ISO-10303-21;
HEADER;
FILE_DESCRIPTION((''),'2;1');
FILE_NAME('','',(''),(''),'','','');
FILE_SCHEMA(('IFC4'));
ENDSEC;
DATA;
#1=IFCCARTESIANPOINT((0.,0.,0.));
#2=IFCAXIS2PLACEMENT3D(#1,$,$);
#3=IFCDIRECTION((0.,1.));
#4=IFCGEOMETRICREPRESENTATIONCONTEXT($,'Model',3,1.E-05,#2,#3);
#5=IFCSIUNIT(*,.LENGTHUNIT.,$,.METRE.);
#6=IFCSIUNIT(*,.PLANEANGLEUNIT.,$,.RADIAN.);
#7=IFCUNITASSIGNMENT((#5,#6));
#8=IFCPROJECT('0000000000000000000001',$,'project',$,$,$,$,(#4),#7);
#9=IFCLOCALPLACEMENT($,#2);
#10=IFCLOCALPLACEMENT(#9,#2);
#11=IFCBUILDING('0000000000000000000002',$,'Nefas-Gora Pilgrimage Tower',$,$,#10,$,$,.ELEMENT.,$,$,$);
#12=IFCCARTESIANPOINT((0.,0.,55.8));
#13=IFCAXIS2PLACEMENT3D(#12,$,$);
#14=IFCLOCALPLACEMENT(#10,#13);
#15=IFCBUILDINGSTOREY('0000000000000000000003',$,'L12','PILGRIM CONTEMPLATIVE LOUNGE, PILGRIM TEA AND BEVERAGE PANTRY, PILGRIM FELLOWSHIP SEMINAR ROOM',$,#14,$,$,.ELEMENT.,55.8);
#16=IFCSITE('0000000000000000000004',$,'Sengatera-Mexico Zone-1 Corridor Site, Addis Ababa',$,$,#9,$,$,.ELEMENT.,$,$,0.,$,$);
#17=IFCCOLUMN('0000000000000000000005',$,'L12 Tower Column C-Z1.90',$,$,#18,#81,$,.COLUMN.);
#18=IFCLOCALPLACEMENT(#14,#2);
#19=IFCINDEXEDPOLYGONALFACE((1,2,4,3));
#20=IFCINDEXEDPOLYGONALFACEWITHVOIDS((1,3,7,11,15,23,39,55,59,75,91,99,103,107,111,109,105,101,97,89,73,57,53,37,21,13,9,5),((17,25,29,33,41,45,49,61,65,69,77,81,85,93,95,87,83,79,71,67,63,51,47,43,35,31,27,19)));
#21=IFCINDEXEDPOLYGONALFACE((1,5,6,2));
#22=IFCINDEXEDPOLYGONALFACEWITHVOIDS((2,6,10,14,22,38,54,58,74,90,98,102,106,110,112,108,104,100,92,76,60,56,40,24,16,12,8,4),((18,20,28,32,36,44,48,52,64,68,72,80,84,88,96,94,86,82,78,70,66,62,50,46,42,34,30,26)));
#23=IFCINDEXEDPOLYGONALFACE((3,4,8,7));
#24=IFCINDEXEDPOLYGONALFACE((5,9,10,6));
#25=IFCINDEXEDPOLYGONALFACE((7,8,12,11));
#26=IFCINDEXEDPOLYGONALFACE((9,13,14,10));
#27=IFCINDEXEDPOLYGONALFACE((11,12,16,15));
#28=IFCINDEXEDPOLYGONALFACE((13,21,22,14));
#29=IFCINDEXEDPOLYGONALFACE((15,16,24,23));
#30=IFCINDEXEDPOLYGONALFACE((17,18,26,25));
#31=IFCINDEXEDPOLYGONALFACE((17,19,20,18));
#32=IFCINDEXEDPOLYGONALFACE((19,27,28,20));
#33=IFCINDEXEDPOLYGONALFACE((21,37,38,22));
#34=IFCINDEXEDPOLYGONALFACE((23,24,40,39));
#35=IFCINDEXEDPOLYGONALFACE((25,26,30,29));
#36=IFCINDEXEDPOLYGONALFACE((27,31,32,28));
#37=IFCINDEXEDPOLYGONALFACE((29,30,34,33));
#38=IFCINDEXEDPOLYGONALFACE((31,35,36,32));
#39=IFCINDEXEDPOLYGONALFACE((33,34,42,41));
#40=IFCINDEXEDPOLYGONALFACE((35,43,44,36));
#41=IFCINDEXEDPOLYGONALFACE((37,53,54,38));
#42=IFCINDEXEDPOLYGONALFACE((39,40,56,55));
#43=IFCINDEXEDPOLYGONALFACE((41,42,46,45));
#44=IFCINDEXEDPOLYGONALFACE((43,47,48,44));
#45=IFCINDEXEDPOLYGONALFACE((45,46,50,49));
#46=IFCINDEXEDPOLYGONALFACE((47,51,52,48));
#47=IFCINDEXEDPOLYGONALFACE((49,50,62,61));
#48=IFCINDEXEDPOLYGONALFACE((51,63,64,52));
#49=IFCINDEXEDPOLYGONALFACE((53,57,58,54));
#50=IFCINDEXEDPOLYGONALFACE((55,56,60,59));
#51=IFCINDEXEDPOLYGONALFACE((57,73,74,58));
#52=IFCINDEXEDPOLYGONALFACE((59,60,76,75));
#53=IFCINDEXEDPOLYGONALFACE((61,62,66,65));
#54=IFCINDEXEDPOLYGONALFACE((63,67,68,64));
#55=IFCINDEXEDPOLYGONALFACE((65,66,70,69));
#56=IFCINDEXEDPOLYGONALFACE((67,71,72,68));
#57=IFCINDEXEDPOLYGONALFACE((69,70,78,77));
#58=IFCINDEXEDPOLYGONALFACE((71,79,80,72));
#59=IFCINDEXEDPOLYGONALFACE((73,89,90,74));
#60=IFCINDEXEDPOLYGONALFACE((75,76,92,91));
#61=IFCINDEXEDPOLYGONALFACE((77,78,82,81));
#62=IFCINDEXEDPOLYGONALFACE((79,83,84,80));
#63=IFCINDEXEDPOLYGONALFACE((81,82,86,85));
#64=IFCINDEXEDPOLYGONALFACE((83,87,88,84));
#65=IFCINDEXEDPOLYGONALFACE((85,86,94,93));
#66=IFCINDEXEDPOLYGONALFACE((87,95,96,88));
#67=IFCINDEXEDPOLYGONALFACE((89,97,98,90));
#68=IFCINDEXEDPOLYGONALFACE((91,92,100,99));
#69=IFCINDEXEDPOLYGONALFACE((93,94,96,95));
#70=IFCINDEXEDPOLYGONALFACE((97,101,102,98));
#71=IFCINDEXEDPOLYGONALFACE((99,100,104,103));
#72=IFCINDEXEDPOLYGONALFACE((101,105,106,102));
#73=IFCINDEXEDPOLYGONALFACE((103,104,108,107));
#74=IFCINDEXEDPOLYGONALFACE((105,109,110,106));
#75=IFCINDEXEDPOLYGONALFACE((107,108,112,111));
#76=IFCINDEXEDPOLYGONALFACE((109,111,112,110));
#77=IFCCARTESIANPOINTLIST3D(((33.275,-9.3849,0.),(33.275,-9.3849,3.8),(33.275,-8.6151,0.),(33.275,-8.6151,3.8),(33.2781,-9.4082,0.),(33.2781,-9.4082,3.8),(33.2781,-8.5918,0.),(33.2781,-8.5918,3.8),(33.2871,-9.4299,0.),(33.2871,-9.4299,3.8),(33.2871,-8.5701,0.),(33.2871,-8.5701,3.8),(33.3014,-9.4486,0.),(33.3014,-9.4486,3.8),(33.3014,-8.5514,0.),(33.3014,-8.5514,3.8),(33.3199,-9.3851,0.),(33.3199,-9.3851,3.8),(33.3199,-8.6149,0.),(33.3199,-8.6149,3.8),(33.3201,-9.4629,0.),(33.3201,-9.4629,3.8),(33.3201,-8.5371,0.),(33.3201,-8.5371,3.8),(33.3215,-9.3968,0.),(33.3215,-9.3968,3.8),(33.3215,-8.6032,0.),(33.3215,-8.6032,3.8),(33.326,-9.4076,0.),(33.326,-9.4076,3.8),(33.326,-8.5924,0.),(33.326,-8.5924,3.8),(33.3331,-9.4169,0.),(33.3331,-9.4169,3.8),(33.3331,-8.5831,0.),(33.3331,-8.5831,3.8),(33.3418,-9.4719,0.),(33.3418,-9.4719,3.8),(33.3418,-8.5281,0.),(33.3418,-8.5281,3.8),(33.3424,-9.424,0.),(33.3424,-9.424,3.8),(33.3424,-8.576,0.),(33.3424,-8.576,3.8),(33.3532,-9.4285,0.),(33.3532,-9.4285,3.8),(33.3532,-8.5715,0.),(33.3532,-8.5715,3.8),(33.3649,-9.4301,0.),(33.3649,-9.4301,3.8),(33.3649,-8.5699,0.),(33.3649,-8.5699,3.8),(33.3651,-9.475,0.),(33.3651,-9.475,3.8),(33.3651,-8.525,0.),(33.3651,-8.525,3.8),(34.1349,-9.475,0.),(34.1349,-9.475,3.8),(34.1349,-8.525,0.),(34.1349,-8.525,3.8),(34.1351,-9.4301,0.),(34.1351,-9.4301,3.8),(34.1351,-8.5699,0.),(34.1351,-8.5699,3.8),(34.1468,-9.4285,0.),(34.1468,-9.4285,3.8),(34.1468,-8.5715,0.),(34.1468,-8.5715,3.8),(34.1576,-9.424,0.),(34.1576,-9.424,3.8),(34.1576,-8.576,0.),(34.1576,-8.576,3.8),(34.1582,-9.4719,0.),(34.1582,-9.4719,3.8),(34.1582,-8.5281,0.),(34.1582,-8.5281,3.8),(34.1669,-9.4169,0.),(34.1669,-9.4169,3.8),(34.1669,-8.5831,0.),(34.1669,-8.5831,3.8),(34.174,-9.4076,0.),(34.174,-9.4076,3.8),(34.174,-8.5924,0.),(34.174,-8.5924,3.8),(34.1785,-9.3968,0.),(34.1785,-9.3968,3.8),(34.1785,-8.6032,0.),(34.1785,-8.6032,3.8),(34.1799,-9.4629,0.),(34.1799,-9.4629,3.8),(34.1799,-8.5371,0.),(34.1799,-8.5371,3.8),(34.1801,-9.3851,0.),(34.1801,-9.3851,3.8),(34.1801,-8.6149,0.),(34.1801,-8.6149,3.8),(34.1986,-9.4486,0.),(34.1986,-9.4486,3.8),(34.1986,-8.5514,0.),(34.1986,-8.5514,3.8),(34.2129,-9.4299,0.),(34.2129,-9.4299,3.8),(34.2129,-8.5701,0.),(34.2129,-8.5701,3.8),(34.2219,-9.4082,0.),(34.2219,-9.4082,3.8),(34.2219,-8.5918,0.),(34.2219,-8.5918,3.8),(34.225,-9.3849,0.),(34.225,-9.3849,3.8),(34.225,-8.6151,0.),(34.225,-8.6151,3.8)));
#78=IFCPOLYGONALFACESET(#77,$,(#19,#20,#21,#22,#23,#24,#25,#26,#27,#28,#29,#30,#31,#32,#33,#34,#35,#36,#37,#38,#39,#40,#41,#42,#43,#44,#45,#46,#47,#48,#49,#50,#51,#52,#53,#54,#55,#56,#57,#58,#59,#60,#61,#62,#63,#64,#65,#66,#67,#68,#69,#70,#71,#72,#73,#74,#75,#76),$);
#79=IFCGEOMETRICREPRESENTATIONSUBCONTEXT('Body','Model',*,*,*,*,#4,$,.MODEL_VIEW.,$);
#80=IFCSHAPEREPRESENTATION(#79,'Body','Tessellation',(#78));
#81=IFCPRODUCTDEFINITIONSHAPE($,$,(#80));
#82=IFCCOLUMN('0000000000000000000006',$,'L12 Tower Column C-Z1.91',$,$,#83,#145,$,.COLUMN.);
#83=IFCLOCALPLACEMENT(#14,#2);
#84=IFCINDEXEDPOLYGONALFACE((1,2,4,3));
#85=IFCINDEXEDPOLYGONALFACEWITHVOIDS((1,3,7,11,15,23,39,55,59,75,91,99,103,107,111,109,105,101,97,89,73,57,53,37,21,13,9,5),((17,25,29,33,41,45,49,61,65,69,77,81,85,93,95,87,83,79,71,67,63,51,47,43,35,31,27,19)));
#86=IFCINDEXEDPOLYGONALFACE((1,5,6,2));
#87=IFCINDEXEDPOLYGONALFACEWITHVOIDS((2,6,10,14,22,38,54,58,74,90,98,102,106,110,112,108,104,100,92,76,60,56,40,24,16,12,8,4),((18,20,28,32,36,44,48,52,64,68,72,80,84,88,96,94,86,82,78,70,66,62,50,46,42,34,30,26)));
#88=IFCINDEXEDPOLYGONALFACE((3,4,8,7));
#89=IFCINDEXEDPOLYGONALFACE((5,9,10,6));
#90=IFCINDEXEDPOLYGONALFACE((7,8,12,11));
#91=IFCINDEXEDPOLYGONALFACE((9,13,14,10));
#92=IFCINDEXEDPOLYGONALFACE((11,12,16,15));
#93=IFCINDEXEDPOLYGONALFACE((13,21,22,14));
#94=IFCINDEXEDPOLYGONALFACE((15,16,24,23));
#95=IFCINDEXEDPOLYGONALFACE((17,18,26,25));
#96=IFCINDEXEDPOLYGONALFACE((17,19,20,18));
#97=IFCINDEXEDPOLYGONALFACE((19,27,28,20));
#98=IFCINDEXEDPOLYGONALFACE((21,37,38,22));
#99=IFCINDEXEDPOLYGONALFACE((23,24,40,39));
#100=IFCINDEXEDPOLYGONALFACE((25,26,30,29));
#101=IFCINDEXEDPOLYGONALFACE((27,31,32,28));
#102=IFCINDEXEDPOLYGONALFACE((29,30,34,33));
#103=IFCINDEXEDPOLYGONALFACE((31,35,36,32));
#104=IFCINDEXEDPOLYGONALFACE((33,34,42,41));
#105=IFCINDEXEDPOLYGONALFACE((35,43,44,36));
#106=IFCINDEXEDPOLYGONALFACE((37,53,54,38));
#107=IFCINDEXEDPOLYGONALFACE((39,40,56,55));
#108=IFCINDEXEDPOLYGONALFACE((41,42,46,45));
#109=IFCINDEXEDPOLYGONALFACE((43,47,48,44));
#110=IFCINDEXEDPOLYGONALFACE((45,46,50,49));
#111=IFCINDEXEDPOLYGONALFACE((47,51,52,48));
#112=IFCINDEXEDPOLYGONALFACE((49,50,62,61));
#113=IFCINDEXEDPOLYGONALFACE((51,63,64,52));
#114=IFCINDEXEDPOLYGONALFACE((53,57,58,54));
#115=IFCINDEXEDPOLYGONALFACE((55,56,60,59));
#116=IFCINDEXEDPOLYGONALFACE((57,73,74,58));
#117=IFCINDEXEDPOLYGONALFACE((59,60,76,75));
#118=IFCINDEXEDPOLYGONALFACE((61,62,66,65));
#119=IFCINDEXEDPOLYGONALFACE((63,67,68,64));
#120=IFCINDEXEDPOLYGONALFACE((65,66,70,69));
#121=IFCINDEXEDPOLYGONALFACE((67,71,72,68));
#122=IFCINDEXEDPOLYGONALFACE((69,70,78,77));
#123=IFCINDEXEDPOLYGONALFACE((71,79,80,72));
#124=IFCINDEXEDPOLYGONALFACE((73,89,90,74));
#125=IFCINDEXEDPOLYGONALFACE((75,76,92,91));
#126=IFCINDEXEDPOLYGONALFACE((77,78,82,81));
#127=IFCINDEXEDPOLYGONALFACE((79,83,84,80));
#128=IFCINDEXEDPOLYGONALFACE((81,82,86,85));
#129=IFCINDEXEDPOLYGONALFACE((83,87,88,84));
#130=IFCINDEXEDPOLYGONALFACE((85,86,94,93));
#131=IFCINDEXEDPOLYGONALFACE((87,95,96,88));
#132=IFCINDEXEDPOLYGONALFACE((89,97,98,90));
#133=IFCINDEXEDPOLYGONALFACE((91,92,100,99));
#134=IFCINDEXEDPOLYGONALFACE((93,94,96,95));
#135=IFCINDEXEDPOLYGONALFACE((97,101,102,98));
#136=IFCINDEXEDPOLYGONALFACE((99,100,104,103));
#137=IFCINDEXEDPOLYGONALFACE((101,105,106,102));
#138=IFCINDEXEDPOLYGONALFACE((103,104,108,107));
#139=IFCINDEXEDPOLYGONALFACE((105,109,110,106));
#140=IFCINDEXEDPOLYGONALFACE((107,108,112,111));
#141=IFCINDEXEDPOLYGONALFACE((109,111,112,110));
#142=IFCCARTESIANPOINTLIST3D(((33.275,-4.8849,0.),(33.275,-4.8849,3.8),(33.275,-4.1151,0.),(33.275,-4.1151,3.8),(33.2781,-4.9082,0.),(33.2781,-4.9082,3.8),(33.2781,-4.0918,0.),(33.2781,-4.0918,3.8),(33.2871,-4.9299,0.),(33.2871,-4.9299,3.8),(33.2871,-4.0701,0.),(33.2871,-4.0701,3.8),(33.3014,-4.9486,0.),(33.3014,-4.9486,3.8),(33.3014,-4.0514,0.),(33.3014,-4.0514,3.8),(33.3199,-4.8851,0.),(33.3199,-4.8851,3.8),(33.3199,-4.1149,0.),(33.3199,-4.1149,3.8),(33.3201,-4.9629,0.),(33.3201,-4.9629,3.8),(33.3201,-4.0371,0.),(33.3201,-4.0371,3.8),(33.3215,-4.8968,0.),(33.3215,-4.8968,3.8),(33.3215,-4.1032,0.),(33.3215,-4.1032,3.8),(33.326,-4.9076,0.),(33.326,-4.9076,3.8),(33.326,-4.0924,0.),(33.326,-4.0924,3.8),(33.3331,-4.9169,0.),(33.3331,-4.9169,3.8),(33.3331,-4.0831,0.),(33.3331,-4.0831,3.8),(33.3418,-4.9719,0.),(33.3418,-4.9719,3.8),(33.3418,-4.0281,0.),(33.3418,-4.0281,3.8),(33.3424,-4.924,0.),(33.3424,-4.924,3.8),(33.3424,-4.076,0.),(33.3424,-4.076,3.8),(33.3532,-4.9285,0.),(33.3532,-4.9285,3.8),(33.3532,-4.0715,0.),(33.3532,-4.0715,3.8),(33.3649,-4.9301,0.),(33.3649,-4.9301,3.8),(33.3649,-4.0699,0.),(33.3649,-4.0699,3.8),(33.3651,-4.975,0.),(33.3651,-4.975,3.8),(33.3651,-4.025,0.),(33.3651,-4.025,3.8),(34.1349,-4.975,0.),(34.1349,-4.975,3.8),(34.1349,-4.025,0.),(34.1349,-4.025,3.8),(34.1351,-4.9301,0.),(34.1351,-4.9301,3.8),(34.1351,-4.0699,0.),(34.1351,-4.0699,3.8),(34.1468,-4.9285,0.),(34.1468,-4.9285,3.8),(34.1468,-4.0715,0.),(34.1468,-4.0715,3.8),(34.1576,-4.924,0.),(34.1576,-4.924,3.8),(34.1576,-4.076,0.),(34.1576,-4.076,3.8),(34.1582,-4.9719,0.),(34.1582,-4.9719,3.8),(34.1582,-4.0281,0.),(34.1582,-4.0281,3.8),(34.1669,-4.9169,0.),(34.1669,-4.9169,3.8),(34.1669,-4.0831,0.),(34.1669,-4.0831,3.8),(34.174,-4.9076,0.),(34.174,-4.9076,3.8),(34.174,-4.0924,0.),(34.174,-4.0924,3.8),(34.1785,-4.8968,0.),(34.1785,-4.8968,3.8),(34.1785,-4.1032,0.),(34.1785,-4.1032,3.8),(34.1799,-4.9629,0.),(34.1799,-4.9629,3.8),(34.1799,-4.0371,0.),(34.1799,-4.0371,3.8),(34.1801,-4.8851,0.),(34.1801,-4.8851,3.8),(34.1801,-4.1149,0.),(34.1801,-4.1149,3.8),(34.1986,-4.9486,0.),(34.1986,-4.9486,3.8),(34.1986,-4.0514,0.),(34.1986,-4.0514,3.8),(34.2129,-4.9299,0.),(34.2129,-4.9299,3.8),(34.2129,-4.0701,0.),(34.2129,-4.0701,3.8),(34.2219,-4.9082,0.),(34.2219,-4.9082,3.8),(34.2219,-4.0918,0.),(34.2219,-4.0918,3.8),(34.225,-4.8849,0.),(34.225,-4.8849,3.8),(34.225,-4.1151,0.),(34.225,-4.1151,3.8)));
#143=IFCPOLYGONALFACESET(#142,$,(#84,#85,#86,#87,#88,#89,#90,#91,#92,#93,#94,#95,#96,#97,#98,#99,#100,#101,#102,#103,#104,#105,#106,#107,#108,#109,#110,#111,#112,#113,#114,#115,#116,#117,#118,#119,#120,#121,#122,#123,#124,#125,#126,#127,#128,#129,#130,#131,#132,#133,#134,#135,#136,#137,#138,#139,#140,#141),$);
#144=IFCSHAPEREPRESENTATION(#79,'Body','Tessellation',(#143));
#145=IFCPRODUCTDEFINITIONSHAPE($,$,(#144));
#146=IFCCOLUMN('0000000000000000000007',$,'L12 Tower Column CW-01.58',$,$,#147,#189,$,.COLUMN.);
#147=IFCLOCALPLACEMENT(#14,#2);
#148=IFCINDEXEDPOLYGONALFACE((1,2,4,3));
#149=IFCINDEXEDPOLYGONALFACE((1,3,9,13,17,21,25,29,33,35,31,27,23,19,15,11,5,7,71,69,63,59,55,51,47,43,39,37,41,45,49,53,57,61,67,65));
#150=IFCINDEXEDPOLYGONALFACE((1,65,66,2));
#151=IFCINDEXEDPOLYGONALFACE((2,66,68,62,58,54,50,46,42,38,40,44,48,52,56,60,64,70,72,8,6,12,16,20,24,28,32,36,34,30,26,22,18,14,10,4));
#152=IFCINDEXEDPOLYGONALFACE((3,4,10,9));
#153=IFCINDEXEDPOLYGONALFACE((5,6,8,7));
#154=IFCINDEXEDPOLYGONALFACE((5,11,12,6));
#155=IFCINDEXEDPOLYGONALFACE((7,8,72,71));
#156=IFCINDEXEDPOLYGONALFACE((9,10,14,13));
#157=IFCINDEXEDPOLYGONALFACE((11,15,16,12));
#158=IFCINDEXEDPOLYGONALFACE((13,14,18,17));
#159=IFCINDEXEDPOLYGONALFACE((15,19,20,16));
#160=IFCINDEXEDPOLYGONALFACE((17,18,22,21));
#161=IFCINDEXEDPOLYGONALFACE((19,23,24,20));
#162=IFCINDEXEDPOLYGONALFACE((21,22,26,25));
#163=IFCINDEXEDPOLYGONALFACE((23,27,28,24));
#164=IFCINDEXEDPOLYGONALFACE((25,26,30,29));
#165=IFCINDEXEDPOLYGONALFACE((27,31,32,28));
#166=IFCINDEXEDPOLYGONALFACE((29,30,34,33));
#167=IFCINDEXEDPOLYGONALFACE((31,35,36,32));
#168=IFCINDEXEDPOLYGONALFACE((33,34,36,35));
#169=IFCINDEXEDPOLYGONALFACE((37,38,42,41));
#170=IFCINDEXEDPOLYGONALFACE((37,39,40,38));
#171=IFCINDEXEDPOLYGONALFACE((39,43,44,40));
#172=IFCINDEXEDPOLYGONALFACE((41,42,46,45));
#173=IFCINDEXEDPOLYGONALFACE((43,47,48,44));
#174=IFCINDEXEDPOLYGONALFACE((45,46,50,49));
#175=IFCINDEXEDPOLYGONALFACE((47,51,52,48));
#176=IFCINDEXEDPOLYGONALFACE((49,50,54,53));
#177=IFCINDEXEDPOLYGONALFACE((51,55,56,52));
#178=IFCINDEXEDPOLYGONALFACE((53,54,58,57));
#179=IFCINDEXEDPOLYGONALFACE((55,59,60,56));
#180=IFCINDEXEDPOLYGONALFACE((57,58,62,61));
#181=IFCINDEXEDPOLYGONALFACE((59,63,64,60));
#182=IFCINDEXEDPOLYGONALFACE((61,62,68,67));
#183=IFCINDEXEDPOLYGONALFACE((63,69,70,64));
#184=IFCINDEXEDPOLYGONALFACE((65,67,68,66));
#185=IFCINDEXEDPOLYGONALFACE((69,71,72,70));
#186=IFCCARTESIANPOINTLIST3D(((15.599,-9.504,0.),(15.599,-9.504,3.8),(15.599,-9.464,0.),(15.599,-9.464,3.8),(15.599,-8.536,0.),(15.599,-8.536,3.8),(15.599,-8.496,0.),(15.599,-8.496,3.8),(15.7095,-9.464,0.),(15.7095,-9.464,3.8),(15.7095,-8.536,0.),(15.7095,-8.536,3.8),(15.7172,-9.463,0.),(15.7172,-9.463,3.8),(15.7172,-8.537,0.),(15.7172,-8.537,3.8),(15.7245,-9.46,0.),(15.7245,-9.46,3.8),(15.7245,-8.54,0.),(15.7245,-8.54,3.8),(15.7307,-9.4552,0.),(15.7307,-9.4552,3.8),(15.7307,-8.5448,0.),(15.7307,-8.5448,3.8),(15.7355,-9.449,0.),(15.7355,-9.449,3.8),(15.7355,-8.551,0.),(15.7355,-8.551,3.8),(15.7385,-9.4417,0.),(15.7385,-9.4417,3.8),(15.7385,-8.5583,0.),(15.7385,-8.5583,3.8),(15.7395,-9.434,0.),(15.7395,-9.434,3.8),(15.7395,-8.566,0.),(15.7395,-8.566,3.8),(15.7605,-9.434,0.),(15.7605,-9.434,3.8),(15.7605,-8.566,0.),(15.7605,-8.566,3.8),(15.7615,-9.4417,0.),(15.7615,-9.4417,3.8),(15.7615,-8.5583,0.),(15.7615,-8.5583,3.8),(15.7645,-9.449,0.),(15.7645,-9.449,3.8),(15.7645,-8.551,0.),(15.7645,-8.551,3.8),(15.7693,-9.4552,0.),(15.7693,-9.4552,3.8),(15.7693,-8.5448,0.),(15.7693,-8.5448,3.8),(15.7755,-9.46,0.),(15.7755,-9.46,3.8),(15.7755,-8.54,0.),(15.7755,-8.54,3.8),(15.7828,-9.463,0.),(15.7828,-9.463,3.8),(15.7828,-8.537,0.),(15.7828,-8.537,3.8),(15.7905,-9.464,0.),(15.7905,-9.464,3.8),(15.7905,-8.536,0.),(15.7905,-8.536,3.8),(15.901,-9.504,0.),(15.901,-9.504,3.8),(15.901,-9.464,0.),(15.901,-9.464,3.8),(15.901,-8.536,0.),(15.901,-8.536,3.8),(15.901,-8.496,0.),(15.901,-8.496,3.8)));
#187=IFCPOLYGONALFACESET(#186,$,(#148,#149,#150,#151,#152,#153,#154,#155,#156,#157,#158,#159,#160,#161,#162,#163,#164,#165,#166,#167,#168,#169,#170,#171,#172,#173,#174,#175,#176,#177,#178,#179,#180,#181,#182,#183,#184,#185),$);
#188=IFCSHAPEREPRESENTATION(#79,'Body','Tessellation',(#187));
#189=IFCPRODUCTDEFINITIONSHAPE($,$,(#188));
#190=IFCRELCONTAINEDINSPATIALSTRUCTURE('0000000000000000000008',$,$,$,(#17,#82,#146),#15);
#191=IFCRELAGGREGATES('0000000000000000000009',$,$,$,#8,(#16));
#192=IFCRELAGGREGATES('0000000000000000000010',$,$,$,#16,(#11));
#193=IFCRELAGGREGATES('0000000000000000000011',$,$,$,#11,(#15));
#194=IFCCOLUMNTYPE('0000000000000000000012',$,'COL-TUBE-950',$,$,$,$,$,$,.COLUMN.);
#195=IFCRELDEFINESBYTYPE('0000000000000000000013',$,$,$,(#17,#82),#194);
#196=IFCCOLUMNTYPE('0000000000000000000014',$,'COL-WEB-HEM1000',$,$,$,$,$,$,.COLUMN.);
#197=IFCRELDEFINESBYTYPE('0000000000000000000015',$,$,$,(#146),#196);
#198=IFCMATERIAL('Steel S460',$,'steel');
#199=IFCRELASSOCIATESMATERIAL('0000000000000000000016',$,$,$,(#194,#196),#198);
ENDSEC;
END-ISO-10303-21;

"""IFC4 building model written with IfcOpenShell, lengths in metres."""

from ifc_helpers import new_model, si_unit, direction, frame, origin, origin_2d, place, context, subcontext, project, spatial, hollow_rectangle, i_section, extrude, source, transform, mapped, material, material_profile, profile_set, type_object, element, save


model = new_model("IFC4")

# Units and contexts
model_context = context("Model", 3, precision=1e-05, world=origin(), true_north=direction((0.0, 1.0)))
body_context = subcontext(model_context, "Body", "Model", "MODEL_VIEW")
ifc_project = project(units=[si_unit("LENGTHUNIT", "METRE"), si_unit("PLANEANGLEUNIT", "RADIAN")], contexts=[model_context])

# Site, building, storey
site_placement = place(None, origin())
site = spatial("IfcSite", under=ifc_project, at=site_placement, Name="Sengatera-Mexico Zone-1 Corridor Site, Addis Ababa", CompositionType="ELEMENT", RefElevation=0.0)
building_placement = place(site_placement, origin())
building = spatial("IfcBuilding", under=site, at=building_placement, Name="Nefas-Gora Pilgrimage Tower", CompositionType="ELEMENT")
storey_placement = place(building_placement, frame((0.0, 0.0, 55.8)))
storey = spatial("IfcBuildingStorey", under=building, at=storey_placement, Name="L12", Description="PILGRIM CONTEMPLATIVE LOUNGE, PILGRIM TEA AND BEVERAGE PANTRY, PILGRIM FELLOWSHIP SEMINAR ROOM", CompositionType="ELEMENT", Elevation=55.8)

# Columns
ifc_material_1 = material(Name="Steel S460", Category="steel")
ifc_material_profile_1 = material_profile(ifc_material_1, hollow_rectangle(XDim=0.95, YDim=0.95, WallThickness=0.0449, InnerFilletRadius=0.0449, OuterFilletRadius=0.0901, at=origin_2d()), Name="BOX 950x950x45")
ifc_profile_set_1 = profile_set([ifc_material_profile_1], Name="Steel S460")
column_type_1 = type_object("IfcColumnType", Name="COL-TUBE-950", PredefinedType="COLUMN", material=ifc_profile_set_1)
shared_shape_1 = source(origin(), body_context, "Body", "SweptSolid", [
    extrude(hollow_rectangle(XDim=0.95, YDim=0.95, WallThickness=0.0449, InnerFilletRadius=0.0449, OuterFilletRadius=0.0901, at=origin_2d()), origin(), (0.0, 0.0, 1.0), 3.8),
])
for number, where, z_axis, x_axis, name in (
    (1, (33.75, -9.0, 0.0), (0.0, 0.0, 1.0), (1.0, 0.0, 0.0), "L12 Tower Column C-Z1.90"),
    (2, (33.75, -4.5, 0.0), (0.0, 0.0, 1.0), (1.0, 0.0, 0.0), "L12 Tower Column C-Z1.91"),
):
    element("IfcColumn", number, at=place(storey_placement, frame(where, z_axis=z_axis, x_axis=x_axis)), inside=storey, type_object=column_type_1, Name=name, PredefinedType="COLUMN", context=body_context, shape_type="MappedRepresentation", body=[
        mapped(shared_shape_1, transform((0.0, 0.0, 0.0), x_axis=(1.0, 0.0, 0.0), y_axis=(0.0, 1.0, 0.0), z_axis=(0.0, 0.0, 1.0), scale=1.0)),
    ])
ifc_material_profile_2 = material_profile(ifc_material_1, i_section(OverallWidth=0.302, OverallDepth=1.0081, WebThickness=0.021, FlangeThickness=0.04, FilletRadius=0.03, at=origin_2d()), Name="HEM 1000")
ifc_profile_set_2 = profile_set([ifc_material_profile_2], Name="Steel S460")
column_type_2 = type_object("IfcColumnType", Name="COL-WEB-HEM1000", PredefinedType="COLUMN", material=ifc_profile_set_2)
shared_shape_2 = source(origin(), body_context, "Body", "SweptSolid", [
    extrude(i_section(OverallWidth=0.302, OverallDepth=1.0081, WebThickness=0.021, FlangeThickness=0.04, FilletRadius=0.03, at=origin_2d()), origin(), (0.0, 0.0, 1.0), 3.8),
])
for number, where, z_axis, x_axis, name in (
    (3, (15.75, -9.0, 0.0), (0.0, 0.0, 1.0), (1.0, 0.0, 0.0), "L12 Tower Column CW-01.58"),
):
    element("IfcColumn", number, at=place(storey_placement, frame(where, z_axis=z_axis, x_axis=x_axis)), inside=storey, type_object=column_type_2, Name=name, PredefinedType="COLUMN", context=body_context, shape_type="MappedRepresentation", body=[
        mapped(shared_shape_2, transform((0.0, 0.0, 0.0), x_axis=(1.0, 0.0, 0.0), y_axis=(0.0, 1.0, 0.0), z_axis=(0.0, 0.0, 1.0), scale=1.0)),
    ])

save(model, "model.ifc")
